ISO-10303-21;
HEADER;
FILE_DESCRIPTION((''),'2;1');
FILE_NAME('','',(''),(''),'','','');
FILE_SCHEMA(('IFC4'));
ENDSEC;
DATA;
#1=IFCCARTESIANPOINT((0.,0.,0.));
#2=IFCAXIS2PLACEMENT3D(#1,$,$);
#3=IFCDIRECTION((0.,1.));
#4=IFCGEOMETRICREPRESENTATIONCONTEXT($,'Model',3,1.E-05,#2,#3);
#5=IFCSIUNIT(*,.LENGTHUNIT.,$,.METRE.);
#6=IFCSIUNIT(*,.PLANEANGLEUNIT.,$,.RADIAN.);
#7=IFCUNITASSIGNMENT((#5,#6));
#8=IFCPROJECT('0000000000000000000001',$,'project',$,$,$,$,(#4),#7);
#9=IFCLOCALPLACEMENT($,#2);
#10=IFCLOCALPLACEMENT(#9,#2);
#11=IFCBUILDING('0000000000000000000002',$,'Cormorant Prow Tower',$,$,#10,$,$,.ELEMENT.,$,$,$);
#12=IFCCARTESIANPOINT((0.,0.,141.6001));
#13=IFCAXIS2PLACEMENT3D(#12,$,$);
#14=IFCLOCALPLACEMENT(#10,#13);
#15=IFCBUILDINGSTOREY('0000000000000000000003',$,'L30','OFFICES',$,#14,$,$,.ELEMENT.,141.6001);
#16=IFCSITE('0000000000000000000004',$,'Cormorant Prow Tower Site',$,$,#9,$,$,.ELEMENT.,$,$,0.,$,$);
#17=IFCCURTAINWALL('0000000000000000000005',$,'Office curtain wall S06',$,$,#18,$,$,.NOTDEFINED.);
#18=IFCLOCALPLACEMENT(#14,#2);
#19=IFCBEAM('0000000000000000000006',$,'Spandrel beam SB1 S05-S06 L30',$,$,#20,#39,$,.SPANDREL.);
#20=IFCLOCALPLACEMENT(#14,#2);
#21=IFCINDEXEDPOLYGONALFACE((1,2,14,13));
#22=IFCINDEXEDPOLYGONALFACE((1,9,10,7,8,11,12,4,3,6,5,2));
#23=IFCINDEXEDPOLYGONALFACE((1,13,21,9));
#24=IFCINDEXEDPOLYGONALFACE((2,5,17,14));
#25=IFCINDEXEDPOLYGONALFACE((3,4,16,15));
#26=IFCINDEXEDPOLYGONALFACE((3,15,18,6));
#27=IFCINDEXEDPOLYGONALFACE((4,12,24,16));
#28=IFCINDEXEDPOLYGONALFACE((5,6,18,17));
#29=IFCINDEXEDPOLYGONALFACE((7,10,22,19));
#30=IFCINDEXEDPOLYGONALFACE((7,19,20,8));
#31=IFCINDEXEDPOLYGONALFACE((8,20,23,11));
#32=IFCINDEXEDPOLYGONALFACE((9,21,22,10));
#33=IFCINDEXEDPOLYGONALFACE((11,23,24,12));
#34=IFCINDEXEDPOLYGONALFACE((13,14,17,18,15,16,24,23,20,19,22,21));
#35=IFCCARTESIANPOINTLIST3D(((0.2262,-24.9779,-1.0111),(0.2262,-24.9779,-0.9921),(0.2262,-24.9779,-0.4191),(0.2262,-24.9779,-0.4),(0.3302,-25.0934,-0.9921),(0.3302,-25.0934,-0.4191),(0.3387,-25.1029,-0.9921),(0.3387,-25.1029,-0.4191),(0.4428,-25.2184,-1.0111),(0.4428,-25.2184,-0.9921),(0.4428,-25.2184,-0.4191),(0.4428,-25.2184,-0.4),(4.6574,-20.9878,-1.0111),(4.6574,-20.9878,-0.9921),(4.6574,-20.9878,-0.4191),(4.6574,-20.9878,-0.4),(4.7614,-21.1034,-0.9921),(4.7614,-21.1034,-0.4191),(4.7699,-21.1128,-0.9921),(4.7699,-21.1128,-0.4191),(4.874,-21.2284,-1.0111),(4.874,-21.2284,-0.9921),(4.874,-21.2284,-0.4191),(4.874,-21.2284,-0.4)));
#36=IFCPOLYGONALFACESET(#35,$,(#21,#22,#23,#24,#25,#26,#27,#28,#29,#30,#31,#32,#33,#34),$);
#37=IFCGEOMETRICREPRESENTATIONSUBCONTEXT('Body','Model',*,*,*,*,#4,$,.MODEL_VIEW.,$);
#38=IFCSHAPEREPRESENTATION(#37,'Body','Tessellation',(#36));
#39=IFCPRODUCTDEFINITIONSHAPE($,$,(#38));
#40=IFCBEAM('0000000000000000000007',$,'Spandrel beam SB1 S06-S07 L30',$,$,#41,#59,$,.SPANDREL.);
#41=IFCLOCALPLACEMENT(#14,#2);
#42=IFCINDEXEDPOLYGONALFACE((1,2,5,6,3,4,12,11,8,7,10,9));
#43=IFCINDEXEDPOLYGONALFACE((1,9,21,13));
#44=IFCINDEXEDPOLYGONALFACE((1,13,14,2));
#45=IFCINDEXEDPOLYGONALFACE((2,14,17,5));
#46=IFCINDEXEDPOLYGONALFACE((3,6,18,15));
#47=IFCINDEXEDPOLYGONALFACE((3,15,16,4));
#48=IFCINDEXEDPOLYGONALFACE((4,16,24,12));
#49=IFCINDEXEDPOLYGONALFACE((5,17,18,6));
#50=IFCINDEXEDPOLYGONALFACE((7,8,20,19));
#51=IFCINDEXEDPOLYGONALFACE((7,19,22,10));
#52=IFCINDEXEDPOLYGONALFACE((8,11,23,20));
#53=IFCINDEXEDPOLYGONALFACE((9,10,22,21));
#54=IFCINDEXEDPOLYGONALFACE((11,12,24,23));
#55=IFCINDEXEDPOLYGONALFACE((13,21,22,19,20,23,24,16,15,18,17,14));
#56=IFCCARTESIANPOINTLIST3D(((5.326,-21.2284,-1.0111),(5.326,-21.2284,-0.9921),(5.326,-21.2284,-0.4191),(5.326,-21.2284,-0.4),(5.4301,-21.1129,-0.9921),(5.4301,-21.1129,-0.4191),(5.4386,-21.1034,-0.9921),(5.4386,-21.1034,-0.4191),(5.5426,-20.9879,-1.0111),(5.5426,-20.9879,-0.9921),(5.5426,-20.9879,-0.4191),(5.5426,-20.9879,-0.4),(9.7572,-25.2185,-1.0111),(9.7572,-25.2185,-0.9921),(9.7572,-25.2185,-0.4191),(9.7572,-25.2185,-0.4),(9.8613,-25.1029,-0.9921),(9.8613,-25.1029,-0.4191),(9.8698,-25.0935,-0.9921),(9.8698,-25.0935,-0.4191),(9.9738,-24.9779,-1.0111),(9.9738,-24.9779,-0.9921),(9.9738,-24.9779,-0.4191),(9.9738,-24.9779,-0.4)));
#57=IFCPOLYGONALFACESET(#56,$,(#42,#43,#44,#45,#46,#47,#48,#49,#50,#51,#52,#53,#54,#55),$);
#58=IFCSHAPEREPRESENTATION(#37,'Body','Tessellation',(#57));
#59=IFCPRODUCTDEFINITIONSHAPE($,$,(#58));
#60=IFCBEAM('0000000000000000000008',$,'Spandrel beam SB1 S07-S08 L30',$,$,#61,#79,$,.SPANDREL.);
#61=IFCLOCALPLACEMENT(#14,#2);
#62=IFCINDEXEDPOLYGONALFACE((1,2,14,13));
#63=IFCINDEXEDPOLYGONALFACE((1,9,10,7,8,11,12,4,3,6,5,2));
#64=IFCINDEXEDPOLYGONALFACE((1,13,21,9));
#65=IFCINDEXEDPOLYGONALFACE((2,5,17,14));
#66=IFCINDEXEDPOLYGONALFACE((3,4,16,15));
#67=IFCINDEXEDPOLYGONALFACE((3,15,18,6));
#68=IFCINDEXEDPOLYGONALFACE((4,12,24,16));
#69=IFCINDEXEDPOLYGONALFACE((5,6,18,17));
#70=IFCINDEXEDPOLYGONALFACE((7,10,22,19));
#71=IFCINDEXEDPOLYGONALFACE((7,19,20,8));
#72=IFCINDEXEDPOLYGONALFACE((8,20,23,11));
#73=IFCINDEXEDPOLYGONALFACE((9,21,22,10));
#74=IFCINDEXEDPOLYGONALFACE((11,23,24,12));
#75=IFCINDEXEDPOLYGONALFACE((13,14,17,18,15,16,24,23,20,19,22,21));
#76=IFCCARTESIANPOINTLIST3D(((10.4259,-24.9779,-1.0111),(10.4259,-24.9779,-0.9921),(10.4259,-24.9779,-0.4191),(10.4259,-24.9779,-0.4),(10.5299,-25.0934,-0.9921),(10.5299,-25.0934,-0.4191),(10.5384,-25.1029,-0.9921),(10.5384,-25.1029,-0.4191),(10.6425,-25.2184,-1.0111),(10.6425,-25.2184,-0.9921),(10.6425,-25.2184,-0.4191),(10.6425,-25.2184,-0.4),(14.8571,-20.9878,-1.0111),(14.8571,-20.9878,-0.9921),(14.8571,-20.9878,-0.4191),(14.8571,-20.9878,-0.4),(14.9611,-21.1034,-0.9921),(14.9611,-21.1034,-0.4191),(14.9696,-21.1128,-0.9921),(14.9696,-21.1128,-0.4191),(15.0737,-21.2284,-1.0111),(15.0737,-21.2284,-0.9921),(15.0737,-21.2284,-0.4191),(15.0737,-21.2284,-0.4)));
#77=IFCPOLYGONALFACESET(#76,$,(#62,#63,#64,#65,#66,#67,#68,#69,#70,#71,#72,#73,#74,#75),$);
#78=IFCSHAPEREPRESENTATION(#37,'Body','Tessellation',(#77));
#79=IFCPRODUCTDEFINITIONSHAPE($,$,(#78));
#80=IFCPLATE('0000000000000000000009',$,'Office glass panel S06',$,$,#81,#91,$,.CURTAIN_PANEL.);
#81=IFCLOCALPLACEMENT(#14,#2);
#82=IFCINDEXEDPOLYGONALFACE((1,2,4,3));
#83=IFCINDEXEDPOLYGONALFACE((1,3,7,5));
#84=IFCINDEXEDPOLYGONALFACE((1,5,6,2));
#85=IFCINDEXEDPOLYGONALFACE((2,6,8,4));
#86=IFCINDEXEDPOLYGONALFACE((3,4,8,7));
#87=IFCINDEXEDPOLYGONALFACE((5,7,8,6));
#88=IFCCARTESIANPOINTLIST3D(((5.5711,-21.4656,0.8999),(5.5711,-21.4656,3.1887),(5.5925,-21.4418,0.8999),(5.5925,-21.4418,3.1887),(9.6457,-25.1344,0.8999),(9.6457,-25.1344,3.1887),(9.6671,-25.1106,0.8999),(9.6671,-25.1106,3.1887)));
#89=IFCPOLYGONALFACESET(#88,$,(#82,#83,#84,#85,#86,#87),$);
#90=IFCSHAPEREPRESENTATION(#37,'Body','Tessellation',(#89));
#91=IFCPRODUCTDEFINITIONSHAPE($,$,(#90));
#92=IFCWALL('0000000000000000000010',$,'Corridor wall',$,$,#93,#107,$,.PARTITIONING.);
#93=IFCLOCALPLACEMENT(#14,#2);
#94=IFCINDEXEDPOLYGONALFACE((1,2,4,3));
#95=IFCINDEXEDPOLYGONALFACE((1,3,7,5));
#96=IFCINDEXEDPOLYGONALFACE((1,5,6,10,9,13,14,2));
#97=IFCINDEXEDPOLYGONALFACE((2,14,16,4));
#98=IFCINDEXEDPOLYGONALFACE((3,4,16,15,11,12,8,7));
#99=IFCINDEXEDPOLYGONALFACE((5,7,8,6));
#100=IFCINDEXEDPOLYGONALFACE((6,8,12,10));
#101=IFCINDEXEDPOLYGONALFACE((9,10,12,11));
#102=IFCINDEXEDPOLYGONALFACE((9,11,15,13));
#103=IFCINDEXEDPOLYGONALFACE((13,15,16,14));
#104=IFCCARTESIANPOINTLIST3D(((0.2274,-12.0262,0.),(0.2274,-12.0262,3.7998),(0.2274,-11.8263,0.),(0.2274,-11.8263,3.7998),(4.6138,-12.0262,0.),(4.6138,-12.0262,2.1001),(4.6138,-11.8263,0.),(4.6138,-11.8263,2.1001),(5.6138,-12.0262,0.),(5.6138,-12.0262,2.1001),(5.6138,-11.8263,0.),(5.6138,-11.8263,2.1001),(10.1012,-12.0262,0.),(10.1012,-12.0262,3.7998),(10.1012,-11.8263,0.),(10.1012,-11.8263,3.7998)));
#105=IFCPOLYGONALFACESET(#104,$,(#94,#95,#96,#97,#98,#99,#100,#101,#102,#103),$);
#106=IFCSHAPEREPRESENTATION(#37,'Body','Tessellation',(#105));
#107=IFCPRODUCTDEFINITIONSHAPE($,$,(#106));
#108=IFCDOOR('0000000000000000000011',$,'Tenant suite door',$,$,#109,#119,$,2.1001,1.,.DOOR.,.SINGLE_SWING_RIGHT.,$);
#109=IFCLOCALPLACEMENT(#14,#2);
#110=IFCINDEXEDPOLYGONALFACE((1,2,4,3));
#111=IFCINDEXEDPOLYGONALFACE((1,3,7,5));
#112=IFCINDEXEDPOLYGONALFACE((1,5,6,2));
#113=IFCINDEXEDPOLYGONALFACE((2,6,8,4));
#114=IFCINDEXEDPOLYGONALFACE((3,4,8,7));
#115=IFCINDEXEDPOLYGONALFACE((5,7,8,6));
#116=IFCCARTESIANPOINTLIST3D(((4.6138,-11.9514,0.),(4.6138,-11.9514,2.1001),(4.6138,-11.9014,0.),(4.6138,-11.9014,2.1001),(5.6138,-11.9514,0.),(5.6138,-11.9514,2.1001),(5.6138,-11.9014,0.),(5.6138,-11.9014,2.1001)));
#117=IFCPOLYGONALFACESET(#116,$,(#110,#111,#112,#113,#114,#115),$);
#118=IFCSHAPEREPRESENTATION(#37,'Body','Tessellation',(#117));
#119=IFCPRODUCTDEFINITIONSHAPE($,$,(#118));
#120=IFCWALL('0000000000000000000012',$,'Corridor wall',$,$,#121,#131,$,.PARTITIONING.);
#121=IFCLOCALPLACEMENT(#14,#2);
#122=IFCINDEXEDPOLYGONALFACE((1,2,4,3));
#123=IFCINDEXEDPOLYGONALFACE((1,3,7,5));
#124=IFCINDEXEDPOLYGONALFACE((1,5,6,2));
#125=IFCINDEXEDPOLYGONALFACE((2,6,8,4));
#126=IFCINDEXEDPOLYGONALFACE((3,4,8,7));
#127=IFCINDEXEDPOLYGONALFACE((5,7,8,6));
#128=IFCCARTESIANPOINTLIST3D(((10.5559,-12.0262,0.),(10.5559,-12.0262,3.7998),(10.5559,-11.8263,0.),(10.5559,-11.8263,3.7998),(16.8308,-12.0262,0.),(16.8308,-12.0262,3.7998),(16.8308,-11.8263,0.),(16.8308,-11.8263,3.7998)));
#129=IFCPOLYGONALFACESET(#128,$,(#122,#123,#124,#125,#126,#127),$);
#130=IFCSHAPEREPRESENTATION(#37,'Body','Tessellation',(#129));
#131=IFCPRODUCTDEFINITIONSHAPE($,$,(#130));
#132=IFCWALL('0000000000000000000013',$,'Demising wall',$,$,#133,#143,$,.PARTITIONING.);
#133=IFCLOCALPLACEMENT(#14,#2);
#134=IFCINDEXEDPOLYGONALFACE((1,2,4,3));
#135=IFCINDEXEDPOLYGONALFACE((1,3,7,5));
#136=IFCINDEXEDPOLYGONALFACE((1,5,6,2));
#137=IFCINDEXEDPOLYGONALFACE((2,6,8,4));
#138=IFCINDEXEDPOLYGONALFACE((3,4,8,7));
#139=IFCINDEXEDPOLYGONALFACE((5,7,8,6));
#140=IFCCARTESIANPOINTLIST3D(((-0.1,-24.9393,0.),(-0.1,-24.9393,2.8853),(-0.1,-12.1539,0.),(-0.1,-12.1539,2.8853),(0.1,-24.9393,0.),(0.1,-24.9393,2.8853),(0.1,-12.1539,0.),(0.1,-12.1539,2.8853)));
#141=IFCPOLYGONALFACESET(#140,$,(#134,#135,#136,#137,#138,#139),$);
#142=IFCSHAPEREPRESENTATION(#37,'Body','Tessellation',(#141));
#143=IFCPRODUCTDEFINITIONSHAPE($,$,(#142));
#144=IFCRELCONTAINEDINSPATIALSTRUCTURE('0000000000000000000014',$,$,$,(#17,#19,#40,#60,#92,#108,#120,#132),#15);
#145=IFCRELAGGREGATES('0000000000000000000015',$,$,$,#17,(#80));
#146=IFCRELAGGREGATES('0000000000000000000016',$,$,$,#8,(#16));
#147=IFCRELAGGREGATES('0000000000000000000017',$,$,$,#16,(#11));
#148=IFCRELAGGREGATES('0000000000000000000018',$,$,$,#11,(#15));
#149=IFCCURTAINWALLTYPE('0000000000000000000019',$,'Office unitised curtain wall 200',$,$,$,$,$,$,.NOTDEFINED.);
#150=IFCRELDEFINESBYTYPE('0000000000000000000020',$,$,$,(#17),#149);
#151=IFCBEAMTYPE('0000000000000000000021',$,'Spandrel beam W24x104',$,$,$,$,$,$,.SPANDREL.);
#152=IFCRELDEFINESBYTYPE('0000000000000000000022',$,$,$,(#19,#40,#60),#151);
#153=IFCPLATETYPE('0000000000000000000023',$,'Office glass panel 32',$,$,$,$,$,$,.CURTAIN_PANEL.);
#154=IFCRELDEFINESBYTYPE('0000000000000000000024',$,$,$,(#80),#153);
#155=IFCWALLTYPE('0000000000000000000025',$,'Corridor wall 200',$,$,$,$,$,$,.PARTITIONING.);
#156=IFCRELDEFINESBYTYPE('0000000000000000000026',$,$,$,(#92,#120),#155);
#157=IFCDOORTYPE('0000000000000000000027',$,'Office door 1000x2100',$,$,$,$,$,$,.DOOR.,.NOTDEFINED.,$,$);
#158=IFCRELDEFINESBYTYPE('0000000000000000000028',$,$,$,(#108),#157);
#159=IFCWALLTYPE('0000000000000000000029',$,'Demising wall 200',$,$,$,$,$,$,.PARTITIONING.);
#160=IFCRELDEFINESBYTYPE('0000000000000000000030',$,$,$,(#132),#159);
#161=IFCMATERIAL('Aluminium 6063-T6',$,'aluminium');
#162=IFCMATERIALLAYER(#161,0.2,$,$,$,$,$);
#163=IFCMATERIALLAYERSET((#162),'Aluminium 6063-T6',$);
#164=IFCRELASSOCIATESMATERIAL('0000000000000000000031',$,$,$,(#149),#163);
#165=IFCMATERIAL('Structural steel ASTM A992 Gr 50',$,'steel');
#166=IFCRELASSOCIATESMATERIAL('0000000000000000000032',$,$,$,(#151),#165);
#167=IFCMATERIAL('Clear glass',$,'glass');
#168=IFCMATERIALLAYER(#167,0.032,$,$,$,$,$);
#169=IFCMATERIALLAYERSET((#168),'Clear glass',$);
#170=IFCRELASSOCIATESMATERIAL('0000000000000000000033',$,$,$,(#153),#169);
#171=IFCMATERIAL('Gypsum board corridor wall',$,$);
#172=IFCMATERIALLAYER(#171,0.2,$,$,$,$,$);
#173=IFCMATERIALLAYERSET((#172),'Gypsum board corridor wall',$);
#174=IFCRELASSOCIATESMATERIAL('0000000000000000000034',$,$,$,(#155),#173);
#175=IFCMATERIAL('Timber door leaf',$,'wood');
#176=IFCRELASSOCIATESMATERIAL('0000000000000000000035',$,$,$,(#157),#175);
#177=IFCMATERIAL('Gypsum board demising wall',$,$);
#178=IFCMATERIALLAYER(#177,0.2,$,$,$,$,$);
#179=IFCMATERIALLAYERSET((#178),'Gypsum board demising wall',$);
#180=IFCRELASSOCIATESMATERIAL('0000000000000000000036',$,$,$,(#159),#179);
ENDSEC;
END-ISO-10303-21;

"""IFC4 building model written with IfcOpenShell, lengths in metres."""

from ifc_helpers import new_model, si_unit, direction, frame, frame_2d, origin, origin_2d, place, context, subcontext, project, spatial, rectangle, i_section, extrude, material, layer, layer_set, material_profile, profile_set, type_object, element, fill, aggregate, save


model = new_model("IFC4")

# Units and contexts
model_context = context("Model", 3, precision=1e-05, world=origin(), true_north=direction((0.0, 1.0)))
body_context = subcontext(model_context, "Body", "Model", "MODEL_VIEW")
ifc_project = project(units=[si_unit("LENGTHUNIT", "METRE"), si_unit("PLANEANGLEUNIT", "RADIAN")], contexts=[model_context])

# Site, building, storey
site_placement = place(None, origin())
site = spatial("IfcSite", under=ifc_project, at=site_placement, Name="Cormorant Prow Tower Site", CompositionType="ELEMENT", RefElevation=0.0)
building_placement = place(site_placement, origin())
building = spatial("IfcBuilding", under=site, at=building_placement, Name="Cormorant Prow Tower", CompositionType="ELEMENT")
storey_placement = place(building_placement, frame((0.0, 0.0, 141.6001)))
storey = spatial("IfcBuildingStorey", under=building, at=storey_placement, Name="L30", Description="OFFICES", CompositionType="ELEMENT", Elevation=141.6001)

# Curtain wall
ifc_material_1 = material(Name="Aluminium 6063-T6", Category="aluminium")
ifc_layer_1 = layer(ifc_material_1, 0.2)
ifc_layer_set_1 = layer_set([ifc_layer_1], Name="Aluminium 6063-T6")
curtain_wall_type = type_object("IfcCurtainWallType", Name="Office unitised curtain wall 200", PredefinedType="NOTDEFINED", material=ifc_layer_set_1)
curtain_wall_placement = place(storey_placement, origin())
curtain_wall = element("IfcCurtainWall", 1, at=curtain_wall_placement, inside=storey, type_object=curtain_wall_type, Name="Office curtain wall S06", PredefinedType="NOTDEFINED")

# Beams
ifc_material_2 = material(Name="Structural steel ASTM A992 Gr 50", Category="steel")
ifc_material_profile_1 = material_profile(ifc_material_2, i_section(OverallWidth=0.3237, OverallDepth=0.6111, WebThickness=0.0127, FlangeThickness=0.019, at=origin_2d()), Name="W24x104")
ifc_profile_set_1 = profile_set([ifc_material_profile_1], Name="Structural steel ASTM A992 Gr 50")
beam_type_1 = type_object("IfcBeamType", Name="Spandrel beam W24x104", PredefinedType="SPANDREL", material=ifc_profile_set_1)
for number, where, z_axis, x_axis, name in (
    (2, (0.3345, -25.0981, -0.7056), (0.743131, 0.669146, 0.0), (-0.669146, 0.743131, 0.0), "Spandrel beam SB1 S05-S06 L30"),
    (3, (5.4343, -21.1082, -0.7056), (0.743131, -0.669146, 0.0), (0.669146, 0.743131, 0.0), "Spandrel beam SB1 S06-S07 L30"),
    (4, (10.5342, -25.0981, -0.7056), (0.743131, 0.669146, 0.0), (-0.669146, 0.743131, 0.0), "Spandrel beam SB1 S07-S08 L30"),
):
    element("IfcBeam", number, at=place(storey_placement, frame(where, z_axis=z_axis, x_axis=x_axis)), inside=storey, type_object=beam_type_1, Name=name, PredefinedType="SPANDREL", context=body_context, shape_type="SweptSolid", body=[
        extrude(i_section(OverallWidth=0.3237, OverallDepth=0.6111, WebThickness=0.0127, FlangeThickness=0.019, at=origin_2d()), origin(), (0.0, 0.0, 1.0), 5.9629),
    ])

# Plate
ifc_material_3 = material(Name="Clear glass", Category="glass")
ifc_layer_2 = layer(ifc_material_3, 0.032)
ifc_layer_set_2 = layer_set([ifc_layer_2], Name="Clear glass")
plate_type = type_object("IfcPlateType", Name="Office glass panel 32", PredefinedType="CURTAIN_PANEL", material=ifc_layer_set_2)
plate_placement = place(storey_placement, frame((7.6191, -23.2881, 0.8999), z_axis=(0.0, 0.0, 1.0), x_axis=(0.743145, -0.669131, 0.0)))
plate = element("IfcPlate", 5, at=plate_placement, type_object=plate_type, Name="Office glass panel S06", PredefinedType="CURTAIN_PANEL", context=body_context, shape_type="SweptSolid", body=[
    extrude(rectangle(XDim=5.4829, YDim=0.032, at=origin_2d()), origin(), (0.0, 0.0, 1.0), 2.2888),
])
aggregate(curtain_wall, [plate])

# Wall, opening, door
ifc_material_4 = material(Name="Gypsum board corridor wall")
ifc_layer_3 = layer(ifc_material_4, 0.2)
ifc_layer_set_3 = layer_set([ifc_layer_3], Name="Gypsum board corridor wall")
wall_type_1 = type_object("IfcWallType", Name="Corridor wall 200", PredefinedType="PARTITIONING", material=ifc_layer_set_3)
wall_1_placement = place(storey_placement, frame((0.2273, -11.9263, 0.0), z_axis=(0.0, 0.0, 1.0), x_axis=(1.0, 0.0, 0.0)))
wall_1 = element("IfcWall", 6, at=wall_1_placement, inside=storey, type_object=wall_type_1, Name="Corridor wall", PredefinedType="PARTITIONING", context=body_context, shape_type="SweptSolid", body=[
    extrude(rectangle(XDim=9.8738, YDim=0.2, at=frame_2d((4.937, 0.0))), origin(), (0.0, 0.0, 1.0), 3.7998),
])
opening_1_placement = place(wall_1_placement, frame((4.3865, 0.0, 0.0)))
opening_1 = element("IfcOpeningElement", 7, at=opening_1_placement, cuts=wall_1, PredefinedType="OPENING", context=body_context, shape_type="SweptSolid", body=[
    extrude(rectangle(XDim=1.0, YDim=2.1001, at=frame_2d((0.5, 1.05))), frame((0.0, 0.1099, 0.0), z_axis=(0.0, -1.0, 0.0), x_axis=(1.0, 0.0, 0.0)), (0.0, 0.0, 1.0), 0.22),
])
ifc_material_5 = material(Name="Timber door leaf", Category="wood")
door_type_1 = type_object("IfcDoorType", Name="Office door 1000x2100", OperationType="NOTDEFINED", PredefinedType="DOOR", material=ifc_material_5)
door_1_placement = place(opening_1_placement, origin())
door_1 = element("IfcDoor", 8, at=door_1_placement, inside=storey, type_object=door_type_1, Name="Tenant suite door", OperationType="SINGLE_SWING_RIGHT", OverallHeight=2.1001, OverallWidth=1.0, PredefinedType="DOOR", context=body_context, shape_type="SweptSolid", body=[
    extrude(rectangle(XDim=1.0, YDim=2.1001, at=frame_2d((0.5, 1.05))), frame((0.0, 0.0249, 0.0), z_axis=(0.0, -1.0, 0.0), x_axis=(1.0, 0.0, 0.0)), (0.0, 0.0, 1.0), 0.05),
])
fill(opening_1, door_1)

# Walls
wall_2_placement = place(storey_placement, frame((10.5559, -11.9263, 0.0), z_axis=(0.0, 0.0, 1.0), x_axis=(1.0, 0.0, 0.0)))
element("IfcWall", 9, at=wall_2_placement, inside=storey, type_object=wall_type_1, Name="Corridor wall", PredefinedType="PARTITIONING", context=body_context, shape_type="SweptSolid", body=[
    extrude(rectangle(XDim=6.2749, YDim=0.2, at=frame_2d((3.1375, 0.0))), origin(), (0.0, 0.0, 1.0), 3.7998),
])
ifc_material_6 = material(Name="Gypsum board demising wall")
ifc_layer_4 = layer(ifc_material_6, 0.2)
ifc_layer_set_4 = layer_set([ifc_layer_4], Name="Gypsum board demising wall")
wall_type_2 = type_object("IfcWallType", Name="Demising wall 200", PredefinedType="PARTITIONING", material=ifc_layer_set_4)
wall_3_placement = place(storey_placement, frame((0.0, -24.9392, 0.0), z_axis=(0.0, 0.0, 1.0), x_axis=(0.0, 1.0, 0.0)))
element("IfcWall", 10, at=wall_3_placement, inside=storey, type_object=wall_type_2, Name="Demising wall", PredefinedType="PARTITIONING", context=body_context, shape_type="SweptSolid", body=[
    extrude(rectangle(XDim=12.7854, YDim=0.2, at=frame_2d((6.3926, 0.0))), origin(), (0.0, 0.0, 1.0), 2.8853),
])

save(model, "model.ifc")
